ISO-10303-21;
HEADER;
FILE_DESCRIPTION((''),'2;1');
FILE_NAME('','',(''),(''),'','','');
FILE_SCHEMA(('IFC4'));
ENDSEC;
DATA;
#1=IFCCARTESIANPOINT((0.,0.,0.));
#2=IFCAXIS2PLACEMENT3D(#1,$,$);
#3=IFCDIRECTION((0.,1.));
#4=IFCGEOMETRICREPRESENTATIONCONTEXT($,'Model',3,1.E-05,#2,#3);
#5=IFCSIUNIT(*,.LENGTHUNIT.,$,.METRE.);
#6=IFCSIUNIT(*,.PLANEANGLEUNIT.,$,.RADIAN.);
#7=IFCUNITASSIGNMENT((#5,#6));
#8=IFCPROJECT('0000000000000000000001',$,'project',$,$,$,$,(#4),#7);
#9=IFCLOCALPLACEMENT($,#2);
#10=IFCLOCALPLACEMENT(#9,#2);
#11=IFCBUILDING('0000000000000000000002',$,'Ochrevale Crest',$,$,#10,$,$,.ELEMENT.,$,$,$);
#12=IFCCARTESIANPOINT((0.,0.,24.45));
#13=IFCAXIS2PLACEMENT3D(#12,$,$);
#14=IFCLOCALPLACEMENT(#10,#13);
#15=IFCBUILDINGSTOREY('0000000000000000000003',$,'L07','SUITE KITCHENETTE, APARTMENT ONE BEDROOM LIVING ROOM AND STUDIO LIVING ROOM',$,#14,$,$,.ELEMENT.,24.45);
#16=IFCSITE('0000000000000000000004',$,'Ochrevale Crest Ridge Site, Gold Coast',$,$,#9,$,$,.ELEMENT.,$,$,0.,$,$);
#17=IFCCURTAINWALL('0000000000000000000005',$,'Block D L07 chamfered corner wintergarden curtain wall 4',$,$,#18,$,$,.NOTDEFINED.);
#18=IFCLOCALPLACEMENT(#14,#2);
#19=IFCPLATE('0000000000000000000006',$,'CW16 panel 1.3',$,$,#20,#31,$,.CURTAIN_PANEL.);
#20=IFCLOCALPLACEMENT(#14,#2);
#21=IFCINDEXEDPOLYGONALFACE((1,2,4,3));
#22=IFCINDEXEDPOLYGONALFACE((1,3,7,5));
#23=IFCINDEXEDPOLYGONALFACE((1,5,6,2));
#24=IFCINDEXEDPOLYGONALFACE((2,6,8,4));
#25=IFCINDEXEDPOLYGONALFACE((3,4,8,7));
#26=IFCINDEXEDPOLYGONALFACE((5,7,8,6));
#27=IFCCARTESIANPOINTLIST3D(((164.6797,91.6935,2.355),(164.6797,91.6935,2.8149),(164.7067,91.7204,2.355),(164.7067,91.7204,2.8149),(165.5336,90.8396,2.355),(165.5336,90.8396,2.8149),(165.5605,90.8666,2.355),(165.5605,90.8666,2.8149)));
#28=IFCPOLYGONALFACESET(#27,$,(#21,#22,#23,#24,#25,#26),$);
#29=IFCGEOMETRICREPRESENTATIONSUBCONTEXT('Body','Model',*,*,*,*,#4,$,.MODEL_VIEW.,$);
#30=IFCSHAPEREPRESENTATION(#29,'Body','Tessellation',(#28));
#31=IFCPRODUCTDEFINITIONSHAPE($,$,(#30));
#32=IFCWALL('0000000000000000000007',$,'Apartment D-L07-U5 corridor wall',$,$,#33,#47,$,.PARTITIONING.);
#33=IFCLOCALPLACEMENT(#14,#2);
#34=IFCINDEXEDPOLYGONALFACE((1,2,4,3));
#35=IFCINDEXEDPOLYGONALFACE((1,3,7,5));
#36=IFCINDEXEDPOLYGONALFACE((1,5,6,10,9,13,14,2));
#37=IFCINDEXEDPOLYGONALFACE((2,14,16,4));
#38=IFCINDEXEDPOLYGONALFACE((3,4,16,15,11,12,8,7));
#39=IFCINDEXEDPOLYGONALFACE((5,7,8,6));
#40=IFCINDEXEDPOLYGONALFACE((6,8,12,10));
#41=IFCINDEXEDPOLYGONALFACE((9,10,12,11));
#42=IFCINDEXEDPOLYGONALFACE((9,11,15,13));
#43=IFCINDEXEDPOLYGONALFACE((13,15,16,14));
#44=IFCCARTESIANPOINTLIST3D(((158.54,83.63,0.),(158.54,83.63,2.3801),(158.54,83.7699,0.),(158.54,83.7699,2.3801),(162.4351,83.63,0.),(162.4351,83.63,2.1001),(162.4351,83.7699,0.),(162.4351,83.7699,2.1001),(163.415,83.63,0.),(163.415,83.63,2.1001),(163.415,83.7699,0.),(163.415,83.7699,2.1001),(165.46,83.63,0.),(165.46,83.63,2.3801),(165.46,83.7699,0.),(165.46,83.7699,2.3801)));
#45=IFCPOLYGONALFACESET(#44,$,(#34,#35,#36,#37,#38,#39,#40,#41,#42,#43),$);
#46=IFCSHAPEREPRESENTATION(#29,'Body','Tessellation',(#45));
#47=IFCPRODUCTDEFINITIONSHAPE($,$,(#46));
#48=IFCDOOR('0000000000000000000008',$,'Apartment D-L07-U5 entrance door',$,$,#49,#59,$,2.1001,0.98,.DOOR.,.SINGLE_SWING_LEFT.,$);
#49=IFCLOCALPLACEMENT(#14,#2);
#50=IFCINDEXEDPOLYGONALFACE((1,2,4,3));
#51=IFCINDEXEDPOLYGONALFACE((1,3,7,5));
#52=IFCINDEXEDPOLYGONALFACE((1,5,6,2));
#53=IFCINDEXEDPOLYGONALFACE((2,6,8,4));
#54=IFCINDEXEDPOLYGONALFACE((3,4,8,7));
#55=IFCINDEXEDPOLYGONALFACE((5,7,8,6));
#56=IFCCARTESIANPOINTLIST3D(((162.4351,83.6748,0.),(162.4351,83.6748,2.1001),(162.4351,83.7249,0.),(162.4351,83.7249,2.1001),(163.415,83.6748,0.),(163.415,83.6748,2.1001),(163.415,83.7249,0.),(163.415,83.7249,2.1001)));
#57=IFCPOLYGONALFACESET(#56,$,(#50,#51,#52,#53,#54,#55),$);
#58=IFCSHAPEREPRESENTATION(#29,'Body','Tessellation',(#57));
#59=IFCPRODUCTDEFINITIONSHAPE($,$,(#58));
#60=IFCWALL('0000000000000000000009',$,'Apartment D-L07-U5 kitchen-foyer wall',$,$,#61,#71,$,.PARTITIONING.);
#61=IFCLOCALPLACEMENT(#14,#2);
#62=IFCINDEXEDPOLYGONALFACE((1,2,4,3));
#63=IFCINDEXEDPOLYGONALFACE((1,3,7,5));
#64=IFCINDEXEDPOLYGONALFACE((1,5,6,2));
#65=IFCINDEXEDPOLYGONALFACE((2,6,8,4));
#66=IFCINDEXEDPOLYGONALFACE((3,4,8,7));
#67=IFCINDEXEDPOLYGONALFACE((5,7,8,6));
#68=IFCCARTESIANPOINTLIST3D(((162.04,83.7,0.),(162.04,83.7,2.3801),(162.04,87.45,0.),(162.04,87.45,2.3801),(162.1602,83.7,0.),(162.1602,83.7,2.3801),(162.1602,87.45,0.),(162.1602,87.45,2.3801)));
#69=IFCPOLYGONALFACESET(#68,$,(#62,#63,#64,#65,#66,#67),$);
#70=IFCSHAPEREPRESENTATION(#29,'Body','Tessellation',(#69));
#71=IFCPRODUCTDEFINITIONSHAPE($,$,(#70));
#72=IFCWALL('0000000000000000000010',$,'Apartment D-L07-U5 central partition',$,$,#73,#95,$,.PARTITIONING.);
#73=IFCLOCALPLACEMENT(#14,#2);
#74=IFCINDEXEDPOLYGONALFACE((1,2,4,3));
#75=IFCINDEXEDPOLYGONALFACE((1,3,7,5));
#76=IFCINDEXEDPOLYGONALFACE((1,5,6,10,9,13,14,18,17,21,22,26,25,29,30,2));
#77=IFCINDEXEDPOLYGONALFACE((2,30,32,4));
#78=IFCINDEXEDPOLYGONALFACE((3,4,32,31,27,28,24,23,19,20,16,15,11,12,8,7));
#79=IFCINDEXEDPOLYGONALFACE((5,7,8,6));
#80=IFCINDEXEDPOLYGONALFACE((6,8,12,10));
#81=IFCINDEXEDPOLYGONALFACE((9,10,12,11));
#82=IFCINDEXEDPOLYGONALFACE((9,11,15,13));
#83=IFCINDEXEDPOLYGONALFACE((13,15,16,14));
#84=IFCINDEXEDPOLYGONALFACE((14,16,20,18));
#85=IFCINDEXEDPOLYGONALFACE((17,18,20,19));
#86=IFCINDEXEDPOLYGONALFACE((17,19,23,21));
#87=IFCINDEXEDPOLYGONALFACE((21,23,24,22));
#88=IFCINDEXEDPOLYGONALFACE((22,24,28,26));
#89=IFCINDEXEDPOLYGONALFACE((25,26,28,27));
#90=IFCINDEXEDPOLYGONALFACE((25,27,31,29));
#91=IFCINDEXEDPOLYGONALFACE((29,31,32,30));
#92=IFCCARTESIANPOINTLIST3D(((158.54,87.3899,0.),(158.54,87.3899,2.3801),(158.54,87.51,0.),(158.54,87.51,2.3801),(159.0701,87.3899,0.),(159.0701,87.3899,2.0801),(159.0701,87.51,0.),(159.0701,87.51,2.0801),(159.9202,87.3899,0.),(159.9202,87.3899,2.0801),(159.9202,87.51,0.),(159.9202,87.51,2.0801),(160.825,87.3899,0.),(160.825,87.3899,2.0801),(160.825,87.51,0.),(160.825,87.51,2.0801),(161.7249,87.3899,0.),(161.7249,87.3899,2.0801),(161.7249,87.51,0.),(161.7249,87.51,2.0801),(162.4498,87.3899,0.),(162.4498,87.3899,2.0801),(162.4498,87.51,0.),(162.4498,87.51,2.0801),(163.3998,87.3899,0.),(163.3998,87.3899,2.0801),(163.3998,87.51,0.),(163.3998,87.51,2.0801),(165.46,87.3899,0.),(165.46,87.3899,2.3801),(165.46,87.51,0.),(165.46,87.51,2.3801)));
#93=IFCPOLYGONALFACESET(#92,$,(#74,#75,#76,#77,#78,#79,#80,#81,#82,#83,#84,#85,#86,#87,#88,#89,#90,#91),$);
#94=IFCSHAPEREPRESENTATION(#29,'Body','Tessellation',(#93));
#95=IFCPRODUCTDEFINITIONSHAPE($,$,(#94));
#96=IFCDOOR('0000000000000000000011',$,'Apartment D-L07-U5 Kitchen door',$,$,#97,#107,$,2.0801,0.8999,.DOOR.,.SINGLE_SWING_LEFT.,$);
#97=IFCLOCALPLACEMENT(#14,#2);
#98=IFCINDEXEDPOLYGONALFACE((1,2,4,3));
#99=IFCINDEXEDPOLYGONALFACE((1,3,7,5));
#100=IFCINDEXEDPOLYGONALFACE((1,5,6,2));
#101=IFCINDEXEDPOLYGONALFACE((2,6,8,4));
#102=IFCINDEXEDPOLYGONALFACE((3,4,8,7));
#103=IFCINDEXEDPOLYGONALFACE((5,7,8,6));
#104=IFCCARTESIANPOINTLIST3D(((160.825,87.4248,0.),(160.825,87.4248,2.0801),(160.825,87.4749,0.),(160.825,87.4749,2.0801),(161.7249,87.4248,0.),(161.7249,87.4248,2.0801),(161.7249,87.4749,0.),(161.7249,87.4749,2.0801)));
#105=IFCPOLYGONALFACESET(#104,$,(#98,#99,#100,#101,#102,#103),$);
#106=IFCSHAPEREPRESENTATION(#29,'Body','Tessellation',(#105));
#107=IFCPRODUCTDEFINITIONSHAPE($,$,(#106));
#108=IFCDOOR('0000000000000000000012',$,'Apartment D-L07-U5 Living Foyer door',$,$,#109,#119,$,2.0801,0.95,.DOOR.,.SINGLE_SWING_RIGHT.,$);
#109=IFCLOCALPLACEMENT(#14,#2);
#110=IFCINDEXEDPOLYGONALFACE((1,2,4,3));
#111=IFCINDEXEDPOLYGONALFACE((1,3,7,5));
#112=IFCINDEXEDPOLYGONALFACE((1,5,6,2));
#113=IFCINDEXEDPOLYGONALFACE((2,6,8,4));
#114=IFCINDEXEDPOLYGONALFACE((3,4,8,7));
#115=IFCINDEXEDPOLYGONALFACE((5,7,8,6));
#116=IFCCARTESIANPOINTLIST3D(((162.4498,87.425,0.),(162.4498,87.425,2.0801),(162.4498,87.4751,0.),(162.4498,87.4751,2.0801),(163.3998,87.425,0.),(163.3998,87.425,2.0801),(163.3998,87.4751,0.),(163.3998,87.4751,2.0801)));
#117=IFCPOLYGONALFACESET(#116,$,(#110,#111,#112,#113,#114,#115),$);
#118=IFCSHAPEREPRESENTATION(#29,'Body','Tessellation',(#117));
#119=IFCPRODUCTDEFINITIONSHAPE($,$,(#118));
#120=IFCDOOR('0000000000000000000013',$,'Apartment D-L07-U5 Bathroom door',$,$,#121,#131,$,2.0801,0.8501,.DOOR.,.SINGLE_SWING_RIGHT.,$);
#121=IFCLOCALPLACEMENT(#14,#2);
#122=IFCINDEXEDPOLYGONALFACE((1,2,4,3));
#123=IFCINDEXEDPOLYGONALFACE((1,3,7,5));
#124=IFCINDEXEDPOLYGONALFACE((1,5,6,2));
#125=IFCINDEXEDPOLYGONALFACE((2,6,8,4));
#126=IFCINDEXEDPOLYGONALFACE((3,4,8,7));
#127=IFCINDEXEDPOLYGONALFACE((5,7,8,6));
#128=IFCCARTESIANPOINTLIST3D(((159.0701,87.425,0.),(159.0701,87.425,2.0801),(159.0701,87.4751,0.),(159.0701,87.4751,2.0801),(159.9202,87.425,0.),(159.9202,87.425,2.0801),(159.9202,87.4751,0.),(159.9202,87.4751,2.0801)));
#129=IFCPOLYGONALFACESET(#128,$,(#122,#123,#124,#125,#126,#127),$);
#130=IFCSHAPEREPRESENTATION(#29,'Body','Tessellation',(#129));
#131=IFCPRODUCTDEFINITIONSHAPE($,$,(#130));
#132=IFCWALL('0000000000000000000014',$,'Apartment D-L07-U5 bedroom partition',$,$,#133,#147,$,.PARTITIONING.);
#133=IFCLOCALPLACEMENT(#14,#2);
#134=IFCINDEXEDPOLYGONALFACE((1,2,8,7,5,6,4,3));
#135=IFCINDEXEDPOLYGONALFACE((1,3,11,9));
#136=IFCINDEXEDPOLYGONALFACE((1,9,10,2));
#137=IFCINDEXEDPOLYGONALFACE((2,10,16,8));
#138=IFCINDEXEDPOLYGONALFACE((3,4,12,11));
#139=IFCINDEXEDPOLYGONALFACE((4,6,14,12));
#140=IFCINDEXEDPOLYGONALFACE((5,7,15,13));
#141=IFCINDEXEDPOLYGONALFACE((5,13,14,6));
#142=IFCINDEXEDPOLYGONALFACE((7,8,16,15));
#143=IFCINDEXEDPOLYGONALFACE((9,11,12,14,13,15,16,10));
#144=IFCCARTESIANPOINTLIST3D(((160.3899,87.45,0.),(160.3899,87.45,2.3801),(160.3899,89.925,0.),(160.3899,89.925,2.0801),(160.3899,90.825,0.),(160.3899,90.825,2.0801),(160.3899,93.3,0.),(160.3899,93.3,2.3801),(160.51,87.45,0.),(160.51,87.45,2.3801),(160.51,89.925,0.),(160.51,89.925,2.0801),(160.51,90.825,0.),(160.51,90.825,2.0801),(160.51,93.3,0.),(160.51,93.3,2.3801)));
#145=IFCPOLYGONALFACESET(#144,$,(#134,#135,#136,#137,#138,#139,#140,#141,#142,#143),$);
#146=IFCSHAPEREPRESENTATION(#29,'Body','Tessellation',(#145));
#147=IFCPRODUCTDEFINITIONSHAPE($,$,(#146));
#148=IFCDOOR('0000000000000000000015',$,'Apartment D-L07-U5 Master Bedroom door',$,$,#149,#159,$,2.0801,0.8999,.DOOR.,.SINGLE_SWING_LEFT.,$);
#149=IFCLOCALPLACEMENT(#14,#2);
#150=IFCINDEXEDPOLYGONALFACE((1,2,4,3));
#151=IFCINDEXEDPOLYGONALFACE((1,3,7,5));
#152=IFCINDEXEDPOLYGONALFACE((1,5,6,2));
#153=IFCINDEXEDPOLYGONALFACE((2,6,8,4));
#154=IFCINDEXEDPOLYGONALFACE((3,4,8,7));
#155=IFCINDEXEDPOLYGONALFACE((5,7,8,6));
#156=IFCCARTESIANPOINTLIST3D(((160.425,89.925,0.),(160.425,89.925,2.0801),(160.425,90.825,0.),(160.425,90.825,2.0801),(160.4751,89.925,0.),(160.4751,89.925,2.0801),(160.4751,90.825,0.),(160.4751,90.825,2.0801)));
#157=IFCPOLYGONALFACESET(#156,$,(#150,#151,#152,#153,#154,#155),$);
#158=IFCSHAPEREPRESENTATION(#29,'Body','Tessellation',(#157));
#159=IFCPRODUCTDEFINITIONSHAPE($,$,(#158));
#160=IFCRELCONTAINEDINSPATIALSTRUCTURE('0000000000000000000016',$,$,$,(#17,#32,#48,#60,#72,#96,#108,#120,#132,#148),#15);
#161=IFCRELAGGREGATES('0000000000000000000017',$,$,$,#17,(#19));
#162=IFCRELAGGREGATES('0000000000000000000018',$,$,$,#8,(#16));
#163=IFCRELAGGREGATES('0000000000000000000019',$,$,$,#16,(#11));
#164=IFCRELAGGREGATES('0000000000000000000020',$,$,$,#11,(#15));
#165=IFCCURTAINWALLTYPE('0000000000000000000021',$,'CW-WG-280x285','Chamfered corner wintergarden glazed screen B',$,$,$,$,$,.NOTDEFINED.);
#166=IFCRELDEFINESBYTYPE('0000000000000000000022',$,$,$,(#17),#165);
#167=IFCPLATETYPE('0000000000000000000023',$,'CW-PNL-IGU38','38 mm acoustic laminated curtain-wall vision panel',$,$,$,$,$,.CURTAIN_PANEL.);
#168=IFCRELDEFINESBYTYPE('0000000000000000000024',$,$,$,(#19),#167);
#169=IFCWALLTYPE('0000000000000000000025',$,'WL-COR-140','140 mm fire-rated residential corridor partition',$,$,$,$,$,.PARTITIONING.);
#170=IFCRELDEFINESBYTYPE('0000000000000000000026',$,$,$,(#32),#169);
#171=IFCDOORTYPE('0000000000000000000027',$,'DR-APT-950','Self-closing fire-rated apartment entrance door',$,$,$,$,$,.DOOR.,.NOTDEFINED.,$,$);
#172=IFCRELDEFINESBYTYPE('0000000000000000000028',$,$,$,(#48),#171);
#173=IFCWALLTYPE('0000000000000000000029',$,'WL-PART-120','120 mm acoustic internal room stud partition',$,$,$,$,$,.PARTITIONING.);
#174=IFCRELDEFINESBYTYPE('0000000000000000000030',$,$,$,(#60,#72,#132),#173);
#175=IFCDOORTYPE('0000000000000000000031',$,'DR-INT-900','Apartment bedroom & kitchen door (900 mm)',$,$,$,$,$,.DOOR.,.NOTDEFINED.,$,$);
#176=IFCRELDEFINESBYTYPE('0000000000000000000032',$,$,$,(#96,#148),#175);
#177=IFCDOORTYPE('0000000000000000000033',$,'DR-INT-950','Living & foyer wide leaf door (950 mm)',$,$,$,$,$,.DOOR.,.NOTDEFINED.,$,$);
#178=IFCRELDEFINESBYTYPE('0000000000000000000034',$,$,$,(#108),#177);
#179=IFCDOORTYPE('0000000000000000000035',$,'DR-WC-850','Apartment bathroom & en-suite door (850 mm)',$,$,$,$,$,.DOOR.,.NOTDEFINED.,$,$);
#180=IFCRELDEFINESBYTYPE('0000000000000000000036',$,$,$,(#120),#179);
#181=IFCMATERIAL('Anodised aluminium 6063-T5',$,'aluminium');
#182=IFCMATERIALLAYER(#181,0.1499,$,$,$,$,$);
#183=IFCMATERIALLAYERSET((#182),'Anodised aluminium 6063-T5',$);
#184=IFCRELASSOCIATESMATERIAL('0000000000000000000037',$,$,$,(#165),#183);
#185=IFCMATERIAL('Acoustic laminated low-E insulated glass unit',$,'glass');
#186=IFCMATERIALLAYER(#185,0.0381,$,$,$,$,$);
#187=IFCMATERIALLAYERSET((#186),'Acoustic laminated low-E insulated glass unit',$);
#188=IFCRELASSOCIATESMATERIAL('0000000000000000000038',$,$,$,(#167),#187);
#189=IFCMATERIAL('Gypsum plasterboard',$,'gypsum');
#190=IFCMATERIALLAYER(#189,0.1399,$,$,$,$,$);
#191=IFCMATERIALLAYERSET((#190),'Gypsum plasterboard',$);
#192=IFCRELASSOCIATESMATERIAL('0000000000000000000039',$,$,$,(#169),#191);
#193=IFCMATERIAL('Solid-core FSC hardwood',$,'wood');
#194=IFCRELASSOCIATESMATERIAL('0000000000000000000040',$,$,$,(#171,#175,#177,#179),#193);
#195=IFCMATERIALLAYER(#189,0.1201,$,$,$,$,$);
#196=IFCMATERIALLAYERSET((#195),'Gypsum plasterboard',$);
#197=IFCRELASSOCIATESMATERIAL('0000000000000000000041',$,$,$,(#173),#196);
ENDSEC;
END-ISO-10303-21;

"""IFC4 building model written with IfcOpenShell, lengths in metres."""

from ifc_helpers import new_model, si_unit, direction, frame, frame_2d, origin, origin_2d, place, context, subcontext, project, spatial, rectangle, extrude, material, layer, layer_set, type_object, element, fill, aggregate, save


model = new_model("IFC4")

# Units and contexts
model_context = context("Model", 3, precision=1e-05, world=origin(), true_north=direction((0.0, 1.0)))
body_context = subcontext(model_context, "Body", "Model", "MODEL_VIEW")
ifc_project = project(units=[si_unit("LENGTHUNIT", "METRE"), si_unit("PLANEANGLEUNIT", "RADIAN")], contexts=[model_context])

# Site, building, storey
site_placement = place(None, origin())
site = spatial("IfcSite", under=ifc_project, at=site_placement, Name="Ochrevale Crest Ridge Site, Gold Coast", CompositionType="ELEMENT", RefElevation=0.0)
building_placement = place(site_placement, origin())
building = spatial("IfcBuilding", under=site, at=building_placement, Name="Ochrevale Crest", CompositionType="ELEMENT")
storey_placement = place(building_placement, frame((0.0, 0.0, 24.45)))
storey = spatial("IfcBuildingStorey", under=building, at=storey_placement, Name="L07", Description="SUITE KITCHENETTE, APARTMENT ONE BEDROOM LIVING ROOM AND STUDIO LIVING ROOM", CompositionType="ELEMENT", Elevation=24.45)

# Curtain wall, plate
ifc_material_1 = material(Name="Anodised aluminium 6063-T5", Category="aluminium")
ifc_layer_1 = layer(ifc_material_1, 0.1499)
ifc_layer_set_1 = layer_set([ifc_layer_1], Name="Anodised aluminium 6063-T5")
curtain_wall_type = type_object("IfcCurtainWallType", Name="CW-WG-280x285", Description="Chamfered corner wintergarden glazed screen B", PredefinedType="NOTDEFINED", material=ifc_layer_set_1)
curtain_wall_placement = place(storey_placement, origin())
curtain_wall = element("IfcCurtainWall", 1, at=curtain_wall_placement, inside=storey, type_object=curtain_wall_type, Name="Block D L07 chamfered corner wintergarden curtain wall 4", PredefinedType="NOTDEFINED")
ifc_material_2 = material(Name="Acoustic laminated low-E insulated glass unit", Category="glass")
ifc_layer_2 = layer(ifc_material_2, 0.0381)
ifc_layer_set_2 = layer_set([ifc_layer_2], Name="Acoustic laminated low-E insulated glass unit")
plate_type = type_object("IfcPlateType", Name="CW-PNL-IGU38", Description="38 mm acoustic laminated curtain-wall vision panel", PredefinedType="CURTAIN_PANEL", material=ifc_layer_set_2)
plate_1_placement = place(storey_placement, frame((165.1201, 91.28, 2.355), z_axis=(0.0, 0.0, 1.0), x_axis=(-0.707107, 0.707107, 0.0)))
plate_1 = element("IfcPlate", 2, at=plate_1_placement, type_object=plate_type, Name="CW16 panel 1.3", PredefinedType="CURTAIN_PANEL", context=body_context, shape_type="SweptSolid", body=[
    extrude(rectangle(XDim=1.2075, YDim=0.0381, at=origin_2d()), origin(), (0.0, 0.0, 1.0), 0.46),
])
aggregate(curtain_wall, [plate_1])

# Wall, opening, door
ifc_material_3 = material(Name="Gypsum plasterboard", Category="gypsum")
ifc_layer_3 = layer(ifc_material_3, 0.1399)
ifc_layer_set_3 = layer_set([ifc_layer_3], Name="Gypsum plasterboard")
wall_type_1 = type_object("IfcWallType", Name="WL-COR-140", Description="140 mm fire-rated residential corridor partition", PredefinedType="PARTITIONING", material=ifc_layer_set_3)
wall_1_placement = place(storey_placement, frame((158.54, 83.7, 0.0), z_axis=(0.0, 0.0, 1.0), x_axis=(1.0, 0.0, 0.0)))
wall_1 = element("IfcWall", 3, at=wall_1_placement, inside=storey, type_object=wall_type_1, Name="Apartment D-L07-U5 corridor wall", PredefinedType="PARTITIONING", context=body_context, shape_type="SweptSolid", body=[
    extrude(rectangle(XDim=6.9199, YDim=0.1399, at=frame_2d((3.46, 0.0))), origin(), (0.0, 0.0, 1.0), 2.3801),
])
opening_1_placement = place(wall_1_placement, frame((3.895, 0.0, 0.0)))
opening_1 = element("IfcOpeningElement", 4, at=opening_1_placement, cuts=wall_1, PredefinedType="OPENING", context=body_context, shape_type="SweptSolid", body=[
    extrude(rectangle(XDim=0.98, YDim=2.1001, at=frame_2d((0.49, 1.05))), frame((0.0, 0.0801, 0.0), z_axis=(0.0, -1.0, 0.0), x_axis=(1.0, 0.0, 0.0)), (0.0, 0.0, 1.0), 0.1599),
])
ifc_material_4 = material(Name="Solid-core FSC hardwood", Category="wood")
door_type_1 = type_object("IfcDoorType", Name="DR-APT-950", Description="Self-closing fire-rated apartment entrance door", OperationType="NOTDEFINED", PredefinedType="DOOR", material=ifc_material_4)
door_1_placement = place(opening_1_placement, origin())
door_1 = element("IfcDoor", 5, at=door_1_placement, inside=storey, type_object=door_type_1, Name="Apartment D-L07-U5 entrance door", OperationType="SINGLE_SWING_LEFT", OverallHeight=2.1001, OverallWidth=0.98, PredefinedType="DOOR", context=body_context, shape_type="SweptSolid", body=[
    extrude(rectangle(XDim=0.98, YDim=2.1001, at=frame_2d((0.49, 1.05))), frame((0.0, 0.0249, 0.0), z_axis=(0.0, -1.0, 0.0), x_axis=(1.0, 0.0, 0.0)), (0.0, 0.0, 1.0), 0.05),
])
fill(opening_1, door_1)

# Wall
ifc_layer_4 = layer(ifc_material_3, 0.1201)
ifc_layer_set_4 = layer_set([ifc_layer_4], Name="Gypsum plasterboard")
wall_type_2 = type_object("IfcWallType", Name="WL-PART-120", Description="120 mm acoustic internal room stud partition", PredefinedType="PARTITIONING", material=ifc_layer_set_4)
wall_2_placement = place(storey_placement, frame((162.1001, 83.7, 0.0), z_axis=(0.0, 0.0, 1.0), x_axis=(0.0, 1.0, 0.0)))
element("IfcWall", 6, at=wall_2_placement, inside=storey, type_object=wall_type_2, Name="Apartment D-L07-U5 kitchen-foyer wall", PredefinedType="PARTITIONING", context=body_context, shape_type="SweptSolid", body=[
    extrude(rectangle(XDim=3.75, YDim=0.1201, at=frame_2d((1.875, 0.0))), origin(), (0.0, 0.0, 1.0), 2.3801),
])

# Wall, openings, doors
wall_3_placement = place(storey_placement, frame((158.54, 87.45, 0.0), z_axis=(0.0, 0.0, 1.0), x_axis=(1.0, 0.0, 0.0)))
wall_3 = element("IfcWall", 7, at=wall_3_placement, inside=storey, type_object=wall_type_2, Name="Apartment D-L07-U5 central partition", PredefinedType="PARTITIONING", context=body_context, shape_type="SweptSolid", body=[
    extrude(rectangle(XDim=6.9199, YDim=0.1201, at=frame_2d((3.46, 0.0))), origin(), (0.0, 0.0, 1.0), 2.3801),
])
opening_2_placement = place(wall_3_placement, frame((1.3801, 0.0, 0.0), z_axis=(0.0, 0.0, 1.0), x_axis=(-1.0, 0.0, 0.0)))
opening_2 = element("IfcOpeningElement", 8, at=opening_2_placement, cuts=wall_3, PredefinedType="OPENING", context=body_context, shape_type="SweptSolid", body=[
    extrude(rectangle(XDim=0.8501, YDim=2.0801, at=frame_2d((0.425, 1.04))), frame((0.0, 0.0701, 0.0), z_axis=(0.0, -1.0, 0.0), x_axis=(1.0, 0.0, 0.0)), (0.0, 0.0, 1.0), 0.1401),
])
opening_3_placement = place(wall_3_placement, frame((2.2849, 0.0, 0.0)))
opening_3 = element("IfcOpeningElement", 9, at=opening_3_placement, cuts=wall_3, PredefinedType="OPENING", context=body_context, shape_type="SweptSolid", body=[
    extrude(rectangle(XDim=0.8999, YDim=2.0801, at=frame_2d((0.45, 1.04))), frame((0.0, 0.0701, 0.0), z_axis=(0.0, -1.0, 0.0), x_axis=(1.0, 0.0, 0.0)), (0.0, 0.0, 1.0), 0.1401),
])
opening_4_placement = place(wall_3_placement, frame((4.8599, 0.0, 0.0), z_axis=(0.0, 0.0, 1.0), x_axis=(-1.0, 0.0, 0.0)))
opening_4 = element("IfcOpeningElement", 10, at=opening_4_placement, cuts=wall_3, PredefinedType="OPENING", context=body_context, shape_type="SweptSolid", body=[
    extrude(rectangle(XDim=0.95, YDim=2.0801, at=frame_2d((0.4751, 1.04))), frame((0.0, 0.0701, 0.0), z_axis=(0.0, -1.0, 0.0), x_axis=(1.0, 0.0, 0.0)), (0.0, 0.0, 1.0), 0.1401),
])
door_type_2 = type_object("IfcDoorType", Name="DR-INT-900", Description="Apartment bedroom & kitchen door (900 mm)", OperationType="NOTDEFINED", PredefinedType="DOOR", material=ifc_material_4)
door_2_placement = place(opening_3_placement, origin())
door_2 = element("IfcDoor", 11, at=door_2_placement, inside=storey, type_object=door_type_2, Name="Apartment D-L07-U5 Kitchen door", OperationType="SINGLE_SWING_LEFT", OverallHeight=2.0801, OverallWidth=0.8999, PredefinedType="DOOR", context=body_context, shape_type="SweptSolid", body=[
    extrude(rectangle(XDim=0.8999, YDim=2.0801, at=frame_2d((0.45, 1.04))), frame((0.0, 0.0249, 0.0), z_axis=(0.0, -1.0, 0.0), x_axis=(1.0, 0.0, 0.0)), (0.0, 0.0, 1.0), 0.05),
])
fill(opening_3, door_2)
door_type_3 = type_object("IfcDoorType", Name="DR-INT-950", Description="Living & foyer wide leaf door (950 mm)", OperationType="NOTDEFINED", PredefinedType="DOOR", material=ifc_material_4)
door_3_placement = place(opening_4_placement, origin())
door_3 = element("IfcDoor", 12, at=door_3_placement, inside=storey, type_object=door_type_3, Name="Apartment D-L07-U5 Living Foyer door", OperationType="SINGLE_SWING_RIGHT", OverallHeight=2.0801, OverallWidth=0.95, PredefinedType="DOOR", context=body_context, shape_type="SweptSolid", body=[
    extrude(rectangle(XDim=0.95, YDim=2.0801, at=frame_2d((0.4751, 1.04))), frame((0.0, 0.0249, 0.0), z_axis=(0.0, -1.0, 0.0), x_axis=(1.0, 0.0, 0.0)), (0.0, 0.0, 1.0), 0.05),
])
fill(opening_4, door_3)
door_type_4 = type_object("IfcDoorType", Name="DR-WC-850", Description="Apartment bathroom & en-suite door (850 mm)", OperationType="NOTDEFINED", PredefinedType="DOOR", material=ifc_material_4)
door_4_placement = place(opening_2_placement, origin())
door_4 = element("IfcDoor", 13, at=door_4_placement, inside=storey, type_object=door_type_4, Name="Apartment D-L07-U5 Bathroom door", OperationType="SINGLE_SWING_RIGHT", OverallHeight=2.0801, OverallWidth=0.8501, PredefinedType="DOOR", context=body_context, shape_type="SweptSolid", body=[
    extrude(rectangle(XDim=0.8501, YDim=2.0801, at=frame_2d((0.425, 1.04))), frame((0.0, 0.0249, 0.0), z_axis=(0.0, -1.0, 0.0), x_axis=(1.0, 0.0, 0.0)), (0.0, 0.0, 1.0), 0.05),
])
fill(opening_2, door_4)

# Wall, opening, door
wall_4_placement = place(storey_placement, frame((160.45, 87.45, 0.0), z_axis=(0.0, 0.0, 1.0), x_axis=(0.0, 1.0, 0.0)))
wall_4 = element("IfcWall", 14, at=wall_4_placement, inside=storey, type_object=wall_type_2, Name="Apartment D-L07-U5 bedroom partition", PredefinedType="PARTITIONING", context=body_context, shape_type="SweptSolid", body=[
    extrude(rectangle(XDim=5.8501, YDim=0.1201, at=frame_2d((2.925, 0.0))), origin(), (0.0, 0.0, 1.0), 2.3801),
])
opening_5_placement = place(wall_4_placement, frame((2.4751, 0.0, 0.0)))
opening_5 = element("IfcOpeningElement", 15, at=opening_5_placement, cuts=wall_4, PredefinedType="OPENING", context=body_context, shape_type="SweptSolid", body=[
    extrude(rectangle(XDim=0.8999, YDim=2.0801, at=frame_2d((0.45, 1.04))), frame((0.0, 0.0701, 0.0), z_axis=(0.0, -1.0, 0.0), x_axis=(1.0, 0.0, 0.0)), (0.0, 0.0, 1.0), 0.1401),
])
door_5_placement = place(opening_5_placement, origin())
door_5 = element("IfcDoor", 16, at=door_5_placement, inside=storey, type_object=door_type_2, Name="Apartment D-L07-U5 Master Bedroom door", OperationType="SINGLE_SWING_LEFT", OverallHeight=2.0801, OverallWidth=0.8999, PredefinedType="DOOR", context=body_context, shape_type="SweptSolid", body=[
    extrude(rectangle(XDim=0.8999, YDim=2.0801, at=frame_2d((0.45, 1.04))), frame((0.0, 0.0249, 0.0), z_axis=(0.0, -1.0, 0.0), x_axis=(1.0, 0.0, 0.0)), (0.0, 0.0, 1.0), 0.05),
])
fill(opening_5, door_5)

save(model, "model.ifc")
